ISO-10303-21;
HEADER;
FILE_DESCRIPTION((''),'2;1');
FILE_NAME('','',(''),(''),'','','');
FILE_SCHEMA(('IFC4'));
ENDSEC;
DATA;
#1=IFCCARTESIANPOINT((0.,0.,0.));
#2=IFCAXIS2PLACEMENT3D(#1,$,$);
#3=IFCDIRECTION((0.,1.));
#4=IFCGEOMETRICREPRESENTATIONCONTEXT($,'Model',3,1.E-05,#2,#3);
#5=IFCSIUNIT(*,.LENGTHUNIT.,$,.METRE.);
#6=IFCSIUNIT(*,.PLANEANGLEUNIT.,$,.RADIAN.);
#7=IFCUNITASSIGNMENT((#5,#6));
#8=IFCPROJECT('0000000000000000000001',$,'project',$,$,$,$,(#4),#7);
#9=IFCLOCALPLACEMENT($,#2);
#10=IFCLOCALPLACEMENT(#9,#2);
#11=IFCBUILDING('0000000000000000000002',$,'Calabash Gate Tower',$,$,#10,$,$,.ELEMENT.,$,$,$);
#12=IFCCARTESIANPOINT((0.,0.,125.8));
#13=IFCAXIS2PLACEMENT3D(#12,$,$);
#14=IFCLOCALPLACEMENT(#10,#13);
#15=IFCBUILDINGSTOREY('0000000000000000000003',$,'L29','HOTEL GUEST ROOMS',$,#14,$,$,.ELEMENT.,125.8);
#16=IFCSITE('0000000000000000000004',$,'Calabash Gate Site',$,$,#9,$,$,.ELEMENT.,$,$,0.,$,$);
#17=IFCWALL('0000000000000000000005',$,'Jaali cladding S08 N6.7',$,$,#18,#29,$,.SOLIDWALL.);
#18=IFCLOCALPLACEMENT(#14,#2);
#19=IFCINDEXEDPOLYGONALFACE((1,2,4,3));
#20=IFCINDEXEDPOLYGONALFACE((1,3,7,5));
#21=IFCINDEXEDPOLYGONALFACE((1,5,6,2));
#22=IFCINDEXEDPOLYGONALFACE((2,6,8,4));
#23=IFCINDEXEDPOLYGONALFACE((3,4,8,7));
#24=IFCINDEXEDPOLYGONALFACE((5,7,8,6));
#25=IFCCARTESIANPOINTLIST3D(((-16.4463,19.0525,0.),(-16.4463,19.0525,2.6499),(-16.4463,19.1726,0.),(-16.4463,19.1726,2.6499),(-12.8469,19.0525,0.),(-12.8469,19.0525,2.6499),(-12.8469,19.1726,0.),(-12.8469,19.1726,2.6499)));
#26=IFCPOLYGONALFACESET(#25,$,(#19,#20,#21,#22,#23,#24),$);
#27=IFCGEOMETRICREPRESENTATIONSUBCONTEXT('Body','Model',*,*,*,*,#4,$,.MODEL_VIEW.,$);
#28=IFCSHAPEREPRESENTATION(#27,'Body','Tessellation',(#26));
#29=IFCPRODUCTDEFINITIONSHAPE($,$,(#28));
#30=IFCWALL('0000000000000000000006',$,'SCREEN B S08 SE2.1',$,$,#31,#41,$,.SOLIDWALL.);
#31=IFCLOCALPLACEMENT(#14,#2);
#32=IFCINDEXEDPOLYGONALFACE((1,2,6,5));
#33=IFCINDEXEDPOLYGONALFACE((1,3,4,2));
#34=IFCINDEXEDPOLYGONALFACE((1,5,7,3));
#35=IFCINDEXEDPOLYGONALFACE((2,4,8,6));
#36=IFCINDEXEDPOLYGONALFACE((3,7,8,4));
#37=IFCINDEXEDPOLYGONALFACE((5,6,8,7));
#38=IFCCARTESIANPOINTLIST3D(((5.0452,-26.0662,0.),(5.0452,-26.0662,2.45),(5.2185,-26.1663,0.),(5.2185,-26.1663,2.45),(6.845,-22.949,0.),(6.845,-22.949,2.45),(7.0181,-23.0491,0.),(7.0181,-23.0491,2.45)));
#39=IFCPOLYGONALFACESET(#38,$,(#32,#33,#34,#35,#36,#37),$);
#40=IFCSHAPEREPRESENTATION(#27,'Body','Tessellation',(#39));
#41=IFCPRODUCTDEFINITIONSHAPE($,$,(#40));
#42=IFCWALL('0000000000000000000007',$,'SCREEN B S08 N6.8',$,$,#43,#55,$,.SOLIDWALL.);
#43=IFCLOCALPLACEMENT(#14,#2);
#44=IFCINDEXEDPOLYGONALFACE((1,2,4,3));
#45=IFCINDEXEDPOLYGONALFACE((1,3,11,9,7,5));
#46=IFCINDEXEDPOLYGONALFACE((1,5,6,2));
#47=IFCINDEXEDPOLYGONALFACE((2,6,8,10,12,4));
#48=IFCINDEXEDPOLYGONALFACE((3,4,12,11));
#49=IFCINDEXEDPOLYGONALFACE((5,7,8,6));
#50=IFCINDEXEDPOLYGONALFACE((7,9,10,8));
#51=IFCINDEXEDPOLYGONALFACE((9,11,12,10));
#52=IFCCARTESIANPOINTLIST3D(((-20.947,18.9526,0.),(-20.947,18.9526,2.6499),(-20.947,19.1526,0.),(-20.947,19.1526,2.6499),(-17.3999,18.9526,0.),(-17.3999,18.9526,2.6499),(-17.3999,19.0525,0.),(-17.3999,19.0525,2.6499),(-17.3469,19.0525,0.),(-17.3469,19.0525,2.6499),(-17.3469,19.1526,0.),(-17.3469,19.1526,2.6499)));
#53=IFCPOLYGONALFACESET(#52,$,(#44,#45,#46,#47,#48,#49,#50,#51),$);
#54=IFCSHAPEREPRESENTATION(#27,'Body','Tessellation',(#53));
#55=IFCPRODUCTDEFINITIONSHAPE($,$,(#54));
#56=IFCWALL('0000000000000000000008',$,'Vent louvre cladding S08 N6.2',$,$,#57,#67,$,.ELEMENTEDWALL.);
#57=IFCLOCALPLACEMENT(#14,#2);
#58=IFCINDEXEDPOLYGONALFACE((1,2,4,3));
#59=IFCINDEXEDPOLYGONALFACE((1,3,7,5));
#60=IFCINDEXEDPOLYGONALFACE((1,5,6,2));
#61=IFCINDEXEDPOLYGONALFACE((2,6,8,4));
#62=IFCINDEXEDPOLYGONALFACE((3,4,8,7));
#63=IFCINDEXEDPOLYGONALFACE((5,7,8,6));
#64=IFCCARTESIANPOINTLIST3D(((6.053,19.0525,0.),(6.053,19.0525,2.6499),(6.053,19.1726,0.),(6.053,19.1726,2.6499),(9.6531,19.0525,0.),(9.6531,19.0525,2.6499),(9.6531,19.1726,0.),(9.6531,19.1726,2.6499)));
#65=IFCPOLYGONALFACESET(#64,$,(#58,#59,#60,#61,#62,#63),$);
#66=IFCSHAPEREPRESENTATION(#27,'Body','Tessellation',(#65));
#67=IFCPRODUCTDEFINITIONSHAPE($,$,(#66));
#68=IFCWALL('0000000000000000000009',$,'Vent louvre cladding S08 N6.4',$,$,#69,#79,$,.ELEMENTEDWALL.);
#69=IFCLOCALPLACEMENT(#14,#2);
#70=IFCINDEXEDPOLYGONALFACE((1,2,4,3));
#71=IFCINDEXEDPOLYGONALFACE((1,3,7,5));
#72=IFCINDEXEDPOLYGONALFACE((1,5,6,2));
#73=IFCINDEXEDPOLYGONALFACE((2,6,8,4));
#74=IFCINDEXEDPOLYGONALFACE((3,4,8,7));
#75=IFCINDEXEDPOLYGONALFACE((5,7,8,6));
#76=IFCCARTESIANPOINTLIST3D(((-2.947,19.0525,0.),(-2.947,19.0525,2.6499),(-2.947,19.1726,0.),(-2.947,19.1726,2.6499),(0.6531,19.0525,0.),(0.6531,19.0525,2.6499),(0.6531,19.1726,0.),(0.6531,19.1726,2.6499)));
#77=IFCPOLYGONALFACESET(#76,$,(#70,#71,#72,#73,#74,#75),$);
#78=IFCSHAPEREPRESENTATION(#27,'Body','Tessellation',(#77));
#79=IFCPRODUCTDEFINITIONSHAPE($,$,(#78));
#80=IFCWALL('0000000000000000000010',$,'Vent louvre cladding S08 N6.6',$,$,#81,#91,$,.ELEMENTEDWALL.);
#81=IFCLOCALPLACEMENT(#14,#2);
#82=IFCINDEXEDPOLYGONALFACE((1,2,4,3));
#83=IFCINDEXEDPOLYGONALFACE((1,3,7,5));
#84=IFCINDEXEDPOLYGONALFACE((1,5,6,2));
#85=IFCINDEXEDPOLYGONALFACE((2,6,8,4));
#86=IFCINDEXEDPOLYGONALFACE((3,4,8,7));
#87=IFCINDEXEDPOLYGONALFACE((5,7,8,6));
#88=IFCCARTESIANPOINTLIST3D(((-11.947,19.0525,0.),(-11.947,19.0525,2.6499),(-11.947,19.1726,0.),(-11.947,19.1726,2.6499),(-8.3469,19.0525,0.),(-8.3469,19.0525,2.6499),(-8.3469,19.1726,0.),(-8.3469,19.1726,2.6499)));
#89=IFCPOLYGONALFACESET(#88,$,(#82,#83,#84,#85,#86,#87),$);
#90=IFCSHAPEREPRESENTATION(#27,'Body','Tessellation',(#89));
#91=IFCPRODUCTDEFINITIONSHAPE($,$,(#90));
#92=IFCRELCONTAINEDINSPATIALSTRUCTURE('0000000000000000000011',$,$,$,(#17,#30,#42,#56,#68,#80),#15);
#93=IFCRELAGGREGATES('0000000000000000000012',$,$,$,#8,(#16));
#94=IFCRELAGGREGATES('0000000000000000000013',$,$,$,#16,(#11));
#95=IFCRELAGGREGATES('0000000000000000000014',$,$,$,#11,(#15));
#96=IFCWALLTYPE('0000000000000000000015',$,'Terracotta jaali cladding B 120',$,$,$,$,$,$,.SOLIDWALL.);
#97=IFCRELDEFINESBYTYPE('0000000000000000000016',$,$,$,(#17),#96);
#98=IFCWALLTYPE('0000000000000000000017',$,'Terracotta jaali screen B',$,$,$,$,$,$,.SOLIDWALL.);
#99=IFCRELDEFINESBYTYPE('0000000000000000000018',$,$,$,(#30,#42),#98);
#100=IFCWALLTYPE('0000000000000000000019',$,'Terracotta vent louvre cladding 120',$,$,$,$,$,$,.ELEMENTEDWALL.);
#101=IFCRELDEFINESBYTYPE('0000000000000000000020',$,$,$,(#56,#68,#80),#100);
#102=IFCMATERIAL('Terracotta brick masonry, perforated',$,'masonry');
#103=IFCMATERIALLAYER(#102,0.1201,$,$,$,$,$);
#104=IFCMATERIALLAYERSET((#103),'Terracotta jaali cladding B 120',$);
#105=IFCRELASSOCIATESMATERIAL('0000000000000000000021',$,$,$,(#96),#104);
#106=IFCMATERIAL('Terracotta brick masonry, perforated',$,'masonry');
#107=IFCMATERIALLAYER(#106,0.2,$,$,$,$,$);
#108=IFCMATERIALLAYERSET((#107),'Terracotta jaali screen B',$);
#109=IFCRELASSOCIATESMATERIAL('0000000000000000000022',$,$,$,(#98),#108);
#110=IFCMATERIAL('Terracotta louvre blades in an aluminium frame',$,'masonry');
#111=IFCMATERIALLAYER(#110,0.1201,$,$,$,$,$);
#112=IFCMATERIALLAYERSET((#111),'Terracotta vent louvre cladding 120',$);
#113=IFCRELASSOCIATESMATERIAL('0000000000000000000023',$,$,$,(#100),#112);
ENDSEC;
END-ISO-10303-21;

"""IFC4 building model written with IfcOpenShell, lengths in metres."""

from ifc_helpers import new_model, si_unit, direction, frame, origin, place, context, subcontext, project, spatial, polyline, outline, extrude, material, layer, layer_set, type_object, element, save


model = new_model("IFC4")

# Units and contexts
model_context = context("Model", 3, precision=1e-05, world=origin(), true_north=direction((0.0, 1.0)))
body_context = subcontext(model_context, "Body", "Model", "MODEL_VIEW")
ifc_project = project(units=[si_unit("LENGTHUNIT", "METRE"), si_unit("PLANEANGLEUNIT", "RADIAN")], contexts=[model_context])

# Site, building, storey
site_placement = place(None, origin())
site = spatial("IfcSite", under=ifc_project, at=site_placement, Name="Calabash Gate Site", CompositionType="ELEMENT", RefElevation=0.0)
building_placement = place(site_placement, origin())
building = spatial("IfcBuilding", under=site, at=building_placement, Name="Calabash Gate Tower", CompositionType="ELEMENT")
storey_placement = place(building_placement, frame((0.0, 0.0, 125.8)))
storey = spatial("IfcBuildingStorey", under=building, at=storey_placement, Name="L29", Description="HOTEL GUEST ROOMS", CompositionType="ELEMENT", Elevation=125.8)

# Walls
ifc_material_1 = material(Name="Terracotta brick masonry, perforated", Category="masonry")
ifc_layer_1 = layer(ifc_material_1, 0.1201)
ifc_layer_set_1 = layer_set([ifc_layer_1], Name="Terracotta jaali cladding B 120")
wall_type_1 = type_object("IfcWallType", Name="Terracotta jaali cladding B 120", PredefinedType="SOLIDWALL", material=ifc_layer_set_1)
wall_1_placement = place(storey_placement, origin())
element("IfcWall", 1, at=wall_1_placement, inside=storey, type_object=wall_type_1, Name="Jaali cladding S08 N6.7", PredefinedType="SOLIDWALL", context=body_context, shape_type="SweptSolid", body=[
    extrude(outline(polyline([(-16.4463, 19.1726), (-16.4463, 19.0525), (-12.8469, 19.0525), (-12.8469, 19.1726), (-16.4463, 19.1726)])), origin(), (0.0, 0.0, 1.0), 2.6499),
])
ifc_material_2 = material(Name="Terracotta brick masonry, perforated", Category="masonry")
ifc_layer_2 = layer(ifc_material_2, 0.2)
ifc_layer_set_2 = layer_set([ifc_layer_2], Name="Terracotta jaali screen B")
wall_type_2 = type_object("IfcWallType", Name="Terracotta jaali screen B", PredefinedType="SOLIDWALL", material=ifc_layer_set_2)
wall_2_placement = place(storey_placement, origin())
element("IfcWall", 2, at=wall_2_placement, inside=storey, type_object=wall_type_2, Name="SCREEN B S08 SE2.1", PredefinedType="SOLIDWALL", context=body_context, shape_type="SweptSolid", body=[
    extrude(outline(polyline([(6.845, -22.949), (5.0452, -26.0662), (5.2185, -26.1663), (7.0181, -23.0491), (6.845, -22.949)])), origin(), (0.0, 0.0, 1.0), 2.45),
])
wall_3_placement = place(storey_placement, origin())
element("IfcWall", 3, at=wall_3_placement, inside=storey, type_object=wall_type_2, Name="SCREEN B S08 N6.8", PredefinedType="SOLIDWALL", context=body_context, shape_type="SweptSolid", body=[
    extrude(outline(polyline([(-20.947, 19.1526), (-20.947, 18.9526), (-17.3999, 18.9526), (-17.3999, 19.0525), (-17.3469, 19.0525), (-17.3469, 19.1526), (-20.947, 19.1526)])), origin(), (0.0, 0.0, 1.0), 2.6499),
])
ifc_material_3 = material(Name="Terracotta louvre blades in an aluminium frame", Category="masonry")
ifc_layer_3 = layer(ifc_material_3, 0.1201)
ifc_layer_set_3 = layer_set([ifc_layer_3], Name="Terracotta vent louvre cladding 120")
wall_type_3 = type_object("IfcWallType", Name="Terracotta vent louvre cladding 120", PredefinedType="ELEMENTEDWALL", material=ifc_layer_set_3)
wall_4_placement = place(storey_placement, origin())
element("IfcWall", 4, at=wall_4_placement, inside=storey, type_object=wall_type_3, Name="Vent louvre cladding S08 N6.2", PredefinedType="ELEMENTEDWALL", context=body_context, shape_type="SweptSolid", body=[
    extrude(outline(polyline([(6.053, 19.1726), (6.053, 19.0525), (9.6531, 19.0525), (9.6531, 19.1726), (6.053, 19.1726)])), origin(), (0.0, 0.0, 1.0), 2.6499),
])
wall_5_placement = place(storey_placement, origin())
element("IfcWall", 5, at=wall_5_placement, inside=storey, type_object=wall_type_3, Name="Vent louvre cladding S08 N6.4", PredefinedType="ELEMENTEDWALL", context=body_context, shape_type="SweptSolid", body=[
    extrude(outline(polyline([(-2.947, 19.1726), (-2.947, 19.0525), (0.6531, 19.0525), (0.6531, 19.1726), (-2.947, 19.1726)])), origin(), (0.0, 0.0, 1.0), 2.6499),
])
wall_6_placement = place(storey_placement, origin())
element("IfcWall", 6, at=wall_6_placement, inside=storey, type_object=wall_type_3, Name="Vent louvre cladding S08 N6.6", PredefinedType="ELEMENTEDWALL", context=body_context, shape_type="SweptSolid", body=[
    extrude(outline(polyline([(-11.947, 19.1726), (-11.947, 19.0525), (-8.3469, 19.0525), (-8.3469, 19.1726), (-11.947, 19.1726)])), origin(), (0.0, 0.0, 1.0), 2.6499),
])

save(model, "model.ifc")
